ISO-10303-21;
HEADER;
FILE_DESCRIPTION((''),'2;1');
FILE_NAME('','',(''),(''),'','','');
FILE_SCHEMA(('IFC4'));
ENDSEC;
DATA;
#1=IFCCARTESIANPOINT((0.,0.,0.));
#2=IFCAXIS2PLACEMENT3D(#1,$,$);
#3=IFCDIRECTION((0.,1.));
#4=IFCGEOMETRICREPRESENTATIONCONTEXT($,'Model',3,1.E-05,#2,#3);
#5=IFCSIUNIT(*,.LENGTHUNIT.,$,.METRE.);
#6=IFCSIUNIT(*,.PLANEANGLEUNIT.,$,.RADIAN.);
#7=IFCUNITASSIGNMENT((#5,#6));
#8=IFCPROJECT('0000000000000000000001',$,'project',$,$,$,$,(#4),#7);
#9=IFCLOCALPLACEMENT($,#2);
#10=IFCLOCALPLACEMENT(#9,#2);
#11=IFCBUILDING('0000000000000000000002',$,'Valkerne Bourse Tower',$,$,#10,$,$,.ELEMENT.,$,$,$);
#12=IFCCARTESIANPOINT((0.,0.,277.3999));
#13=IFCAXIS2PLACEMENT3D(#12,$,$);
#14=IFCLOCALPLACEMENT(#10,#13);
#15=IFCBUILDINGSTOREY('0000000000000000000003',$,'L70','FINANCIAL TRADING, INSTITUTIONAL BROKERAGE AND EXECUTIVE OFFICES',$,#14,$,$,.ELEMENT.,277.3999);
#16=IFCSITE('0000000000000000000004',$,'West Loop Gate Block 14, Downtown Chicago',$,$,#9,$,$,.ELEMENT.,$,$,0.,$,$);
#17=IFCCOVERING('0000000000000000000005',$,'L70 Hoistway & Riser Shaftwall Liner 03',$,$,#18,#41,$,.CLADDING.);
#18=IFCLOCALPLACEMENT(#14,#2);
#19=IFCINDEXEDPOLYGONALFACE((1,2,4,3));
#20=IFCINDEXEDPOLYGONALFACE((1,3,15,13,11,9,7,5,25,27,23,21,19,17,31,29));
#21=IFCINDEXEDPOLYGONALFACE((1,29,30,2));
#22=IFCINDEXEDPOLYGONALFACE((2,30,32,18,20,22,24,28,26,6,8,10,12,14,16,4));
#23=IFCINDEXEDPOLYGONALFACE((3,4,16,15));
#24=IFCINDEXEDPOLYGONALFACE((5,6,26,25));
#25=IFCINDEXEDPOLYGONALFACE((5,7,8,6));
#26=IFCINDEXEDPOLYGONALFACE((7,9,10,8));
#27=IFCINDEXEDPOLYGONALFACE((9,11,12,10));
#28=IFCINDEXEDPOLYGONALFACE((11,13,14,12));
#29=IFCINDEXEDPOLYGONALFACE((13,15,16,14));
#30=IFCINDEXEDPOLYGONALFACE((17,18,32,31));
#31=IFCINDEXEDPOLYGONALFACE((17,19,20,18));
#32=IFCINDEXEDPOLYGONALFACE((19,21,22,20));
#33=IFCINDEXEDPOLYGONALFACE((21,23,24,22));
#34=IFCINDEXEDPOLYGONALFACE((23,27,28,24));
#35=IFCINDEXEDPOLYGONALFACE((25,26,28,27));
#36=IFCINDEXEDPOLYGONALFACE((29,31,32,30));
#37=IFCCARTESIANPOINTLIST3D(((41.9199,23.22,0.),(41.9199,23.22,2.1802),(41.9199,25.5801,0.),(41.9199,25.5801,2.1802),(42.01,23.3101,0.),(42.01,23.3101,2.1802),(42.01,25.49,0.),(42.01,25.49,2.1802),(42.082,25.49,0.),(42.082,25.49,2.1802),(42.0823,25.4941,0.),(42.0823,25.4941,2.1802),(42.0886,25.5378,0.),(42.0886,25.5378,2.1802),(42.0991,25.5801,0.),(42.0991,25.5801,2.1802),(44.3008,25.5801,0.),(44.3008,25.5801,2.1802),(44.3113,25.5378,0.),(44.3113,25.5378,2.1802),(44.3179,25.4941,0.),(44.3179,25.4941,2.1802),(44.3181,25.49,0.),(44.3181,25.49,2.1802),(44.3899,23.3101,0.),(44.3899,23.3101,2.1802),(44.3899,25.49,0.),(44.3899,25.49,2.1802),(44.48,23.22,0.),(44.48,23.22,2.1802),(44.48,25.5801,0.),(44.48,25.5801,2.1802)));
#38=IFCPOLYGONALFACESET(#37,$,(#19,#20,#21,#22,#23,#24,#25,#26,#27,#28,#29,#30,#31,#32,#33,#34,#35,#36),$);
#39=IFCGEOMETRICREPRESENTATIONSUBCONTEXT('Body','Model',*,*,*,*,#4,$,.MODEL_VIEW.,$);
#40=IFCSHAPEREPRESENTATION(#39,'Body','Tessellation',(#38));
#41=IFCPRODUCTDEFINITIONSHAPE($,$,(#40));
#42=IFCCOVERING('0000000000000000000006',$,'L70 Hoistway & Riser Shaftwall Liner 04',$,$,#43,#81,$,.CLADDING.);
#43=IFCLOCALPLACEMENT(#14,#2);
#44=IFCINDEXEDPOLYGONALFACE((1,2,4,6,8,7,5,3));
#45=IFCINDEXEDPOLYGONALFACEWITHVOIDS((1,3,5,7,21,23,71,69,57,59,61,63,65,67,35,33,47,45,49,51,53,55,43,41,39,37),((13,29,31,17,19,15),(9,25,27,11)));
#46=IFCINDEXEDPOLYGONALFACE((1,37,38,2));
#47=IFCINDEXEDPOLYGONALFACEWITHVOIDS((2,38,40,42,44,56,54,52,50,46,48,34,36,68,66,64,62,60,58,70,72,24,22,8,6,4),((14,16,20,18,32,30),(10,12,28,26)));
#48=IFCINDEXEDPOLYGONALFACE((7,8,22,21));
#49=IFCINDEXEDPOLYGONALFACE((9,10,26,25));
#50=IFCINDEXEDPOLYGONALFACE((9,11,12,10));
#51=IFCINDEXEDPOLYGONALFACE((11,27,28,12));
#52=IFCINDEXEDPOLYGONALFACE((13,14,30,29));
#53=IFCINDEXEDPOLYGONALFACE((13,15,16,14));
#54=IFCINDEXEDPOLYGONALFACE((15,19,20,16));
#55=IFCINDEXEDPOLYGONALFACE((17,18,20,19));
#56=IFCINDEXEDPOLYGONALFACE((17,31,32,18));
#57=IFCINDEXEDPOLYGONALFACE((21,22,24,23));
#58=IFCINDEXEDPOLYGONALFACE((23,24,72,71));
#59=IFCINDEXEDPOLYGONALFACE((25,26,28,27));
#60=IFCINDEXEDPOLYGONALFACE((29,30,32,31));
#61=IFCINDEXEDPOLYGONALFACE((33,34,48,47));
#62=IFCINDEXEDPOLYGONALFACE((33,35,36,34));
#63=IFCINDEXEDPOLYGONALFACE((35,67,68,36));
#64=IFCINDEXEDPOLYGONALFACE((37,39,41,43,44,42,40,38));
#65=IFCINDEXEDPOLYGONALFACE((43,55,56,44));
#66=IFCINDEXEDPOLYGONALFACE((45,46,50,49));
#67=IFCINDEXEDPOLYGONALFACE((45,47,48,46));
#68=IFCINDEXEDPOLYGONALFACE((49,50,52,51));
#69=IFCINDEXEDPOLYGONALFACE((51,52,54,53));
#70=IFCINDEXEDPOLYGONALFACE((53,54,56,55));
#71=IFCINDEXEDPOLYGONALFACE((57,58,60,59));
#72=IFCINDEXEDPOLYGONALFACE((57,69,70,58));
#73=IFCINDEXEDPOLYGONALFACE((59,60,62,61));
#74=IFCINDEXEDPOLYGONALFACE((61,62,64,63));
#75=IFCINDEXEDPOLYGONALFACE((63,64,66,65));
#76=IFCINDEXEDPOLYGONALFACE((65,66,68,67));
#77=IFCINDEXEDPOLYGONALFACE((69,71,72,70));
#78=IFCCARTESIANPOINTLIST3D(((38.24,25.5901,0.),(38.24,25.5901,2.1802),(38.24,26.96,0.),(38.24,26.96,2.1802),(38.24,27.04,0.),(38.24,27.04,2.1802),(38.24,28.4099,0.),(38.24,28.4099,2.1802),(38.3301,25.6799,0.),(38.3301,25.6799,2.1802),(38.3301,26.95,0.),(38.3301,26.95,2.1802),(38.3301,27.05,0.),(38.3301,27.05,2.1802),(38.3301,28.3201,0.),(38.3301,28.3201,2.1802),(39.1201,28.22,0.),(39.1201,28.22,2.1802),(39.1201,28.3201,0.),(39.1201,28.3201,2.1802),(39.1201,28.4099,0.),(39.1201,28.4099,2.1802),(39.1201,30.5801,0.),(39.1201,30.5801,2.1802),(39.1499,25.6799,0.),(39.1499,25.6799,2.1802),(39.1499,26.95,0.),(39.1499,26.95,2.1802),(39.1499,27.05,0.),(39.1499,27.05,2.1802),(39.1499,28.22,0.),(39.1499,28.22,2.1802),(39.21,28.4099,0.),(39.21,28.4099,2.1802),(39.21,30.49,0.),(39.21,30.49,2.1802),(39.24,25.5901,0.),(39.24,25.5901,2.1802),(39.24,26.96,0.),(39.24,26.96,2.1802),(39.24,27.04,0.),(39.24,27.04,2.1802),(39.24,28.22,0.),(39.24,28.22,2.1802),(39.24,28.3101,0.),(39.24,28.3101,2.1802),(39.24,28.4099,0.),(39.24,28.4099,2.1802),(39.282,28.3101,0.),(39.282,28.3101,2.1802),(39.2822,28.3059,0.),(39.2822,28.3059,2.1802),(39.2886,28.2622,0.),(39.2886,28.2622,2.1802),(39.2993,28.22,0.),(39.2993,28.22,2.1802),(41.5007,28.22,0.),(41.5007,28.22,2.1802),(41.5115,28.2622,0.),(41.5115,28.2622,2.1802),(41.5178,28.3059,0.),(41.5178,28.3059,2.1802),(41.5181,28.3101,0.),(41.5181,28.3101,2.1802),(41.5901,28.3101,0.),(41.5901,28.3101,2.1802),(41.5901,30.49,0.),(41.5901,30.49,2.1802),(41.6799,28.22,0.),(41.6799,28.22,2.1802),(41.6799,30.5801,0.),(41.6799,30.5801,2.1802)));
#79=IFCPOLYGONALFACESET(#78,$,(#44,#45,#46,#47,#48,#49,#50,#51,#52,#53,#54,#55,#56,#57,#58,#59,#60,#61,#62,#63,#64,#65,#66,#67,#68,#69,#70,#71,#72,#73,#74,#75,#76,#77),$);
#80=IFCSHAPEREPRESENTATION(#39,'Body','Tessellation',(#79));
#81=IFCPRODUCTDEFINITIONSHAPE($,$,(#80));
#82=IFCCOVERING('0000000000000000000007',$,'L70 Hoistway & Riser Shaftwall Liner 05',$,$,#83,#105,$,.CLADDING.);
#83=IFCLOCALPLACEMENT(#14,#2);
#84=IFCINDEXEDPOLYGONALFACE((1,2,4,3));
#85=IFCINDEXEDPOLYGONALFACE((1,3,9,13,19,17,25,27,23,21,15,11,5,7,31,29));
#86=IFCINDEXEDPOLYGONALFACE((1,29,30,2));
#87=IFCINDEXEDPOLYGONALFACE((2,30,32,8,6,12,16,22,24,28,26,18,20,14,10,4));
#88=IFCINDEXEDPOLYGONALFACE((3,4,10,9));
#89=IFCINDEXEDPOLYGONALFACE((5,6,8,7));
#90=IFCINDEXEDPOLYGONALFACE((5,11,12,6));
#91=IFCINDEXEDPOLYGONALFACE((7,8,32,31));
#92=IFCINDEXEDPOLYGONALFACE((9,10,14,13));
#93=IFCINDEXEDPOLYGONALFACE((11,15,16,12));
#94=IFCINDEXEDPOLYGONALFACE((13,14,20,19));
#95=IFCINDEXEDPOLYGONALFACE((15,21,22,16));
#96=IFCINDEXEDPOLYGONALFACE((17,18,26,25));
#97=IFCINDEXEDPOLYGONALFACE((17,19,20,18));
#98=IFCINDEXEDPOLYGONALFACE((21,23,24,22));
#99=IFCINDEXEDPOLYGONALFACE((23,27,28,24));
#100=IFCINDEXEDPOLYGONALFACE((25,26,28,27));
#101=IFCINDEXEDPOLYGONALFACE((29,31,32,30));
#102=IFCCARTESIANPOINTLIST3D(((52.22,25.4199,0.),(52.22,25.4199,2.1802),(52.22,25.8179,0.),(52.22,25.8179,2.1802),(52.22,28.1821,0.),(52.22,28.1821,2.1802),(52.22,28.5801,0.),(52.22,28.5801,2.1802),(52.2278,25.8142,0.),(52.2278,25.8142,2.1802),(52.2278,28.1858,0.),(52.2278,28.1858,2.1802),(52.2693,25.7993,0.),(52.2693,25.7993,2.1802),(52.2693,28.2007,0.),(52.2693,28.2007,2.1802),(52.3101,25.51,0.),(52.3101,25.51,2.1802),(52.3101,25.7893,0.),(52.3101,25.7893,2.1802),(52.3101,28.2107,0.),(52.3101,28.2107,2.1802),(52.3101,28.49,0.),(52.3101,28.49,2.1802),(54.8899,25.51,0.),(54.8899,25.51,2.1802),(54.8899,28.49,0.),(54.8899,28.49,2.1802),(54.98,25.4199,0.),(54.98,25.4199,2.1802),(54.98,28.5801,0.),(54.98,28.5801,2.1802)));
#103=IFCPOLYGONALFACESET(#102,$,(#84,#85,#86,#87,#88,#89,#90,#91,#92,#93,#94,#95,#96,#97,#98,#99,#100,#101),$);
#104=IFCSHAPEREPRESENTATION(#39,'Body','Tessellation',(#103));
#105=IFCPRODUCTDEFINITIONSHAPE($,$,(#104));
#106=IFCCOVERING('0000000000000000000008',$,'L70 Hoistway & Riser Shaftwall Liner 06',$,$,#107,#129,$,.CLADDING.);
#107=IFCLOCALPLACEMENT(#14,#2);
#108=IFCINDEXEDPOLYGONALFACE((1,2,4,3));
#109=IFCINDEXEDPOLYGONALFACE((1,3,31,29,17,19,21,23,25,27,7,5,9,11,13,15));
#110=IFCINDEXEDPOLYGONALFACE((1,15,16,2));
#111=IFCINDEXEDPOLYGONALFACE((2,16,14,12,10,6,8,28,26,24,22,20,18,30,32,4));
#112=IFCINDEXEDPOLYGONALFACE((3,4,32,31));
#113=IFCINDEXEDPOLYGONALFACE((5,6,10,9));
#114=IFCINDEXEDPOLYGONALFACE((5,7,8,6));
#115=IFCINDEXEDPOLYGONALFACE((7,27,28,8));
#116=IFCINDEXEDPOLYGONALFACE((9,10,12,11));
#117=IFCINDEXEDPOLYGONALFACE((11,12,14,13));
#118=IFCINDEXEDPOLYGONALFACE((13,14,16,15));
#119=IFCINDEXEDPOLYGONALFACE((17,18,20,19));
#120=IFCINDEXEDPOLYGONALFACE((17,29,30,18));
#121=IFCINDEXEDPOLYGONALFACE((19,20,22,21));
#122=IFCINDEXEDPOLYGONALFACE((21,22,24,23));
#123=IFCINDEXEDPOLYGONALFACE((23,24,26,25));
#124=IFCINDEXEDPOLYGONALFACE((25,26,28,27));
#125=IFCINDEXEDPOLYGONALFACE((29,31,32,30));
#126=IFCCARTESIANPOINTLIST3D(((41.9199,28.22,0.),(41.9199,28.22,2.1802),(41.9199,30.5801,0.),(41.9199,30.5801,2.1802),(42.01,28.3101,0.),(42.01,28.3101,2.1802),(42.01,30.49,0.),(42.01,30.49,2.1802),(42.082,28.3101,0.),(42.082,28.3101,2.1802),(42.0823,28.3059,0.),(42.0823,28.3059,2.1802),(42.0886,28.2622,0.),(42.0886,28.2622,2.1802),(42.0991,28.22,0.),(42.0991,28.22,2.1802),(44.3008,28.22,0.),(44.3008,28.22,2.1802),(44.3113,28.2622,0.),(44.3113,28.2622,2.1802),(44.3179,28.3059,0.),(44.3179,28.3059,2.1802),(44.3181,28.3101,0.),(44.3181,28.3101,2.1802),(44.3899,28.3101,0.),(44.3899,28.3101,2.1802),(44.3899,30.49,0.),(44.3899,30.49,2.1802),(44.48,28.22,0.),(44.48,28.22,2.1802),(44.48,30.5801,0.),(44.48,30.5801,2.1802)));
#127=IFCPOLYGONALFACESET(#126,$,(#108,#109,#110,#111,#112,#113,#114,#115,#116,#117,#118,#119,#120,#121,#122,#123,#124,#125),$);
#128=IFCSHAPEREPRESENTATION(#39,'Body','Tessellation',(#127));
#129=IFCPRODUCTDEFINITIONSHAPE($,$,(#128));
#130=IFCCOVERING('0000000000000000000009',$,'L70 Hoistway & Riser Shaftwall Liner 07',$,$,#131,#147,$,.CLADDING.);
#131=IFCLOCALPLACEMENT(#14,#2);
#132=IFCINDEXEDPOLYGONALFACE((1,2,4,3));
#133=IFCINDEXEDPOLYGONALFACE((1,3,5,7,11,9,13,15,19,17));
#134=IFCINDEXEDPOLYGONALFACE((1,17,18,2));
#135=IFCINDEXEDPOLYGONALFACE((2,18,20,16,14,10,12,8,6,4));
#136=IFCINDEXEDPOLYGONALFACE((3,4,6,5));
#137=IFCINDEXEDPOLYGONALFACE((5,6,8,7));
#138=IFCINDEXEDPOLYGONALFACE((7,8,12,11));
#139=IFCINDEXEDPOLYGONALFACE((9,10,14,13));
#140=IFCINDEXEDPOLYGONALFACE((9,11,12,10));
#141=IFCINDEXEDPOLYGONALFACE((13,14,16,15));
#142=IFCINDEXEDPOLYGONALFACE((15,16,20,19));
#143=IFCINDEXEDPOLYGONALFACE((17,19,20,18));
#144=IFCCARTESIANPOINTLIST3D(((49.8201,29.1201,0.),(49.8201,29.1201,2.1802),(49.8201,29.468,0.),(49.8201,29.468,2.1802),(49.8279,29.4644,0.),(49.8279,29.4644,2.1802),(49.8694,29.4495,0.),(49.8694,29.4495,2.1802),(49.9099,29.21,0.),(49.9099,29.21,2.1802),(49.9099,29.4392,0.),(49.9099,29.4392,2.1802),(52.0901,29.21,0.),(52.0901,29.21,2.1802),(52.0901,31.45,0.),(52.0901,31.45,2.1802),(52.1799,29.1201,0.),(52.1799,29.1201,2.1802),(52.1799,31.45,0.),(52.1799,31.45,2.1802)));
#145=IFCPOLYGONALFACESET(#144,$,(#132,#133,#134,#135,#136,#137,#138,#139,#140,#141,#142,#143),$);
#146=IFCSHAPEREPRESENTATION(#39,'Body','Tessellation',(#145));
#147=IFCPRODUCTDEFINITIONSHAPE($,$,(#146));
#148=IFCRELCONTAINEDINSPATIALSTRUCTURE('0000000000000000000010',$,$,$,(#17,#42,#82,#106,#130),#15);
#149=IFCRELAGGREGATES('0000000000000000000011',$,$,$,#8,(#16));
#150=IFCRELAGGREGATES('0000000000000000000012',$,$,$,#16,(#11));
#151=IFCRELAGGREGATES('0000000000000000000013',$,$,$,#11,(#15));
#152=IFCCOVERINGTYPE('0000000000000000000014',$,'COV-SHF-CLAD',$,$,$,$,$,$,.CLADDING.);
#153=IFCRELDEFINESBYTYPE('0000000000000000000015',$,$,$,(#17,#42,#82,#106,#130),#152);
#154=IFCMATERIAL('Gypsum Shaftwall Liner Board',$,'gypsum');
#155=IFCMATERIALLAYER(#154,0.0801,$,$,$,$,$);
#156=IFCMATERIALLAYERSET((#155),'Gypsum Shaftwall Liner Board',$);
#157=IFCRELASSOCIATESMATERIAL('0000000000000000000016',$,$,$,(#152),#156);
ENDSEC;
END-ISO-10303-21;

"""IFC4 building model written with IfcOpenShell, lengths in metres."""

from ifc_helpers import new_model, si_unit, direction, frame, origin, place, context, subcontext, project, spatial, polyline, outline, extrude, material, layer, layer_set, type_object, element, save


model = new_model("IFC4")

# Units and contexts
model_context = context("Model", 3, precision=1e-05, world=origin(), true_north=direction((0.0, 1.0)))
body_context = subcontext(model_context, "Body", "Model", "MODEL_VIEW")
ifc_project = project(units=[si_unit("LENGTHUNIT", "METRE"), si_unit("PLANEANGLEUNIT", "RADIAN")], contexts=[model_context])

# Site, building, storey
site_placement = place(None, origin())
site = spatial("IfcSite", under=ifc_project, at=site_placement, Name="West Loop Gate Block 14, Downtown Chicago", CompositionType="ELEMENT", RefElevation=0.0)
building_placement = place(site_placement, origin())
building = spatial("IfcBuilding", under=site, at=building_placement, Name="Valkerne Bourse Tower", CompositionType="ELEMENT")
storey_placement = place(building_placement, frame((0.0, 0.0, 277.3999)))
storey = spatial("IfcBuildingStorey", under=building, at=storey_placement, Name="L70", Description="FINANCIAL TRADING, INSTITUTIONAL BROKERAGE AND EXECUTIVE OFFICES", CompositionType="ELEMENT", Elevation=277.3999)

# Coverings
ifc_material_1 = material(Name="Gypsum Shaftwall Liner Board", Category="gypsum")
ifc_layer_1 = layer(ifc_material_1, 0.0801)
ifc_layer_set_1 = layer_set([ifc_layer_1], Name="Gypsum Shaftwall Liner Board")
covering_type_1 = type_object("IfcCoveringType", Name="COV-SHF-CLAD", PredefinedType="CLADDING", material=ifc_layer_set_1)
covering_1_placement = place(storey_placement, origin())
element("IfcCovering", 1, at=covering_1_placement, inside=storey, type_object=covering_type_1, Name="L70 Hoistway & Riser Shaftwall Liner 03", PredefinedType="CLADDING", context=body_context, shape_type="SweptSolid", body=[
    extrude(outline(polyline([(42.0991, 25.5801), (42.0886, 25.5378), (42.0823, 25.4941), (42.082, 25.49), (42.01, 25.49), (42.01, 23.3101), (44.3899, 23.3101), (44.3899, 25.49), (44.3181, 25.49), (44.3179, 25.4941), (44.3113, 25.5378), (44.3008, 25.5801), (44.48, 25.5801), (44.48, 23.22), (41.9199, 23.22), (41.9199, 25.5801), (42.0991, 25.5801)])), origin(), (0.0, 0.0, 1.0), 2.1802),
])
covering_2_placement = place(storey_placement, origin())
element("IfcCovering", 2, at=covering_2_placement, inside=storey, type_object=covering_type_1, Name="L70 Hoistway & Riser Shaftwall Liner 04", PredefinedType="CLADDING", context=body_context, shape_type="SweptSolid", body=[
    extrude(outline(polyline([(38.24, 27.04), (38.24, 28.4099), (39.1201, 28.4099), (39.1201, 30.5801), (41.6799, 30.5801), (41.6799, 28.22), (41.5007, 28.22), (41.5115, 28.2622), (41.5178, 28.3059), (41.5181, 28.3101), (41.5901, 28.3101), (41.5901, 30.49), (39.21, 30.49), (39.21, 28.4099), (39.24, 28.4099), (39.24, 28.3101), (39.282, 28.3101), (39.2822, 28.3059), (39.2886, 28.2622), (39.2993, 28.22), (39.24, 28.22), (39.24, 27.04), (39.24, 26.96), (39.24, 25.5901), (38.24, 25.5901), (38.24, 26.96), (38.24, 27.04)]), holes=[polyline([(39.1499, 26.95), (38.3301, 26.95), (38.3301, 25.6799), (39.1499, 25.6799), (39.1499, 26.95)]), polyline([(39.1499, 28.22), (39.1201, 28.22), (39.1201, 28.3201), (38.3301, 28.3201), (38.3301, 27.05), (39.1499, 27.05), (39.1499, 28.22)])]), origin(), (0.0, 0.0, 1.0), 2.1802),
])
covering_3_placement = place(storey_placement, origin())
element("IfcCovering", 3, at=covering_3_placement, inside=storey, type_object=covering_type_1, Name="L70 Hoistway & Riser Shaftwall Liner 05", PredefinedType="CLADDING", context=body_context, shape_type="SweptSolid", body=[
    extrude(outline(polyline([(54.98, 28.5801), (54.98, 25.4199), (52.22, 25.4199), (52.22, 25.8179), (52.2278, 25.8142), (52.2693, 25.7993), (52.3101, 25.7893), (52.3101, 25.51), (54.8899, 25.51), (54.8899, 28.49), (52.3101, 28.49), (52.3101, 28.2107), (52.2693, 28.2007), (52.2278, 28.1858), (52.22, 28.1821), (52.22, 28.5801), (54.98, 28.5801)])), origin(), (0.0, 0.0, 1.0), 2.1802),
])
covering_4_placement = place(storey_placement, origin())
element("IfcCovering", 4, at=covering_4_placement, inside=storey, type_object=covering_type_1, Name="L70 Hoistway & Riser Shaftwall Liner 06", PredefinedType="CLADDING", context=body_context, shape_type="SweptSolid", body=[
    extrude(outline(polyline([(44.48, 28.22), (44.3008, 28.22), (44.3113, 28.2622), (44.3179, 28.3059), (44.3181, 28.3101), (44.3899, 28.3101), (44.3899, 30.49), (42.01, 30.49), (42.01, 28.3101), (42.082, 28.3101), (42.0823, 28.3059), (42.0886, 28.2622), (42.0991, 28.22), (41.9199, 28.22), (41.9199, 30.5801), (44.48, 30.5801), (44.48, 28.22)])), origin(), (0.0, 0.0, 1.0), 2.1802),
])
covering_5_placement = place(storey_placement, origin())
element("IfcCovering", 5, at=covering_5_placement, inside=storey, type_object=covering_type_1, Name="L70 Hoistway & Riser Shaftwall Liner 07", PredefinedType="CLADDING", context=body_context, shape_type="SweptSolid", body=[
    extrude(outline(polyline([(49.8201, 29.1201), (49.8201, 29.468), (49.8279, 29.4644), (49.8694, 29.4495), (49.9099, 29.4392), (49.9099, 29.21), (52.0901, 29.21), (52.0901, 31.45), (52.1799, 31.45), (52.1799, 29.1201), (49.8201, 29.1201)])), origin(), (0.0, 0.0, 1.0), 2.1802),
])

save(model, "model.ifc")
